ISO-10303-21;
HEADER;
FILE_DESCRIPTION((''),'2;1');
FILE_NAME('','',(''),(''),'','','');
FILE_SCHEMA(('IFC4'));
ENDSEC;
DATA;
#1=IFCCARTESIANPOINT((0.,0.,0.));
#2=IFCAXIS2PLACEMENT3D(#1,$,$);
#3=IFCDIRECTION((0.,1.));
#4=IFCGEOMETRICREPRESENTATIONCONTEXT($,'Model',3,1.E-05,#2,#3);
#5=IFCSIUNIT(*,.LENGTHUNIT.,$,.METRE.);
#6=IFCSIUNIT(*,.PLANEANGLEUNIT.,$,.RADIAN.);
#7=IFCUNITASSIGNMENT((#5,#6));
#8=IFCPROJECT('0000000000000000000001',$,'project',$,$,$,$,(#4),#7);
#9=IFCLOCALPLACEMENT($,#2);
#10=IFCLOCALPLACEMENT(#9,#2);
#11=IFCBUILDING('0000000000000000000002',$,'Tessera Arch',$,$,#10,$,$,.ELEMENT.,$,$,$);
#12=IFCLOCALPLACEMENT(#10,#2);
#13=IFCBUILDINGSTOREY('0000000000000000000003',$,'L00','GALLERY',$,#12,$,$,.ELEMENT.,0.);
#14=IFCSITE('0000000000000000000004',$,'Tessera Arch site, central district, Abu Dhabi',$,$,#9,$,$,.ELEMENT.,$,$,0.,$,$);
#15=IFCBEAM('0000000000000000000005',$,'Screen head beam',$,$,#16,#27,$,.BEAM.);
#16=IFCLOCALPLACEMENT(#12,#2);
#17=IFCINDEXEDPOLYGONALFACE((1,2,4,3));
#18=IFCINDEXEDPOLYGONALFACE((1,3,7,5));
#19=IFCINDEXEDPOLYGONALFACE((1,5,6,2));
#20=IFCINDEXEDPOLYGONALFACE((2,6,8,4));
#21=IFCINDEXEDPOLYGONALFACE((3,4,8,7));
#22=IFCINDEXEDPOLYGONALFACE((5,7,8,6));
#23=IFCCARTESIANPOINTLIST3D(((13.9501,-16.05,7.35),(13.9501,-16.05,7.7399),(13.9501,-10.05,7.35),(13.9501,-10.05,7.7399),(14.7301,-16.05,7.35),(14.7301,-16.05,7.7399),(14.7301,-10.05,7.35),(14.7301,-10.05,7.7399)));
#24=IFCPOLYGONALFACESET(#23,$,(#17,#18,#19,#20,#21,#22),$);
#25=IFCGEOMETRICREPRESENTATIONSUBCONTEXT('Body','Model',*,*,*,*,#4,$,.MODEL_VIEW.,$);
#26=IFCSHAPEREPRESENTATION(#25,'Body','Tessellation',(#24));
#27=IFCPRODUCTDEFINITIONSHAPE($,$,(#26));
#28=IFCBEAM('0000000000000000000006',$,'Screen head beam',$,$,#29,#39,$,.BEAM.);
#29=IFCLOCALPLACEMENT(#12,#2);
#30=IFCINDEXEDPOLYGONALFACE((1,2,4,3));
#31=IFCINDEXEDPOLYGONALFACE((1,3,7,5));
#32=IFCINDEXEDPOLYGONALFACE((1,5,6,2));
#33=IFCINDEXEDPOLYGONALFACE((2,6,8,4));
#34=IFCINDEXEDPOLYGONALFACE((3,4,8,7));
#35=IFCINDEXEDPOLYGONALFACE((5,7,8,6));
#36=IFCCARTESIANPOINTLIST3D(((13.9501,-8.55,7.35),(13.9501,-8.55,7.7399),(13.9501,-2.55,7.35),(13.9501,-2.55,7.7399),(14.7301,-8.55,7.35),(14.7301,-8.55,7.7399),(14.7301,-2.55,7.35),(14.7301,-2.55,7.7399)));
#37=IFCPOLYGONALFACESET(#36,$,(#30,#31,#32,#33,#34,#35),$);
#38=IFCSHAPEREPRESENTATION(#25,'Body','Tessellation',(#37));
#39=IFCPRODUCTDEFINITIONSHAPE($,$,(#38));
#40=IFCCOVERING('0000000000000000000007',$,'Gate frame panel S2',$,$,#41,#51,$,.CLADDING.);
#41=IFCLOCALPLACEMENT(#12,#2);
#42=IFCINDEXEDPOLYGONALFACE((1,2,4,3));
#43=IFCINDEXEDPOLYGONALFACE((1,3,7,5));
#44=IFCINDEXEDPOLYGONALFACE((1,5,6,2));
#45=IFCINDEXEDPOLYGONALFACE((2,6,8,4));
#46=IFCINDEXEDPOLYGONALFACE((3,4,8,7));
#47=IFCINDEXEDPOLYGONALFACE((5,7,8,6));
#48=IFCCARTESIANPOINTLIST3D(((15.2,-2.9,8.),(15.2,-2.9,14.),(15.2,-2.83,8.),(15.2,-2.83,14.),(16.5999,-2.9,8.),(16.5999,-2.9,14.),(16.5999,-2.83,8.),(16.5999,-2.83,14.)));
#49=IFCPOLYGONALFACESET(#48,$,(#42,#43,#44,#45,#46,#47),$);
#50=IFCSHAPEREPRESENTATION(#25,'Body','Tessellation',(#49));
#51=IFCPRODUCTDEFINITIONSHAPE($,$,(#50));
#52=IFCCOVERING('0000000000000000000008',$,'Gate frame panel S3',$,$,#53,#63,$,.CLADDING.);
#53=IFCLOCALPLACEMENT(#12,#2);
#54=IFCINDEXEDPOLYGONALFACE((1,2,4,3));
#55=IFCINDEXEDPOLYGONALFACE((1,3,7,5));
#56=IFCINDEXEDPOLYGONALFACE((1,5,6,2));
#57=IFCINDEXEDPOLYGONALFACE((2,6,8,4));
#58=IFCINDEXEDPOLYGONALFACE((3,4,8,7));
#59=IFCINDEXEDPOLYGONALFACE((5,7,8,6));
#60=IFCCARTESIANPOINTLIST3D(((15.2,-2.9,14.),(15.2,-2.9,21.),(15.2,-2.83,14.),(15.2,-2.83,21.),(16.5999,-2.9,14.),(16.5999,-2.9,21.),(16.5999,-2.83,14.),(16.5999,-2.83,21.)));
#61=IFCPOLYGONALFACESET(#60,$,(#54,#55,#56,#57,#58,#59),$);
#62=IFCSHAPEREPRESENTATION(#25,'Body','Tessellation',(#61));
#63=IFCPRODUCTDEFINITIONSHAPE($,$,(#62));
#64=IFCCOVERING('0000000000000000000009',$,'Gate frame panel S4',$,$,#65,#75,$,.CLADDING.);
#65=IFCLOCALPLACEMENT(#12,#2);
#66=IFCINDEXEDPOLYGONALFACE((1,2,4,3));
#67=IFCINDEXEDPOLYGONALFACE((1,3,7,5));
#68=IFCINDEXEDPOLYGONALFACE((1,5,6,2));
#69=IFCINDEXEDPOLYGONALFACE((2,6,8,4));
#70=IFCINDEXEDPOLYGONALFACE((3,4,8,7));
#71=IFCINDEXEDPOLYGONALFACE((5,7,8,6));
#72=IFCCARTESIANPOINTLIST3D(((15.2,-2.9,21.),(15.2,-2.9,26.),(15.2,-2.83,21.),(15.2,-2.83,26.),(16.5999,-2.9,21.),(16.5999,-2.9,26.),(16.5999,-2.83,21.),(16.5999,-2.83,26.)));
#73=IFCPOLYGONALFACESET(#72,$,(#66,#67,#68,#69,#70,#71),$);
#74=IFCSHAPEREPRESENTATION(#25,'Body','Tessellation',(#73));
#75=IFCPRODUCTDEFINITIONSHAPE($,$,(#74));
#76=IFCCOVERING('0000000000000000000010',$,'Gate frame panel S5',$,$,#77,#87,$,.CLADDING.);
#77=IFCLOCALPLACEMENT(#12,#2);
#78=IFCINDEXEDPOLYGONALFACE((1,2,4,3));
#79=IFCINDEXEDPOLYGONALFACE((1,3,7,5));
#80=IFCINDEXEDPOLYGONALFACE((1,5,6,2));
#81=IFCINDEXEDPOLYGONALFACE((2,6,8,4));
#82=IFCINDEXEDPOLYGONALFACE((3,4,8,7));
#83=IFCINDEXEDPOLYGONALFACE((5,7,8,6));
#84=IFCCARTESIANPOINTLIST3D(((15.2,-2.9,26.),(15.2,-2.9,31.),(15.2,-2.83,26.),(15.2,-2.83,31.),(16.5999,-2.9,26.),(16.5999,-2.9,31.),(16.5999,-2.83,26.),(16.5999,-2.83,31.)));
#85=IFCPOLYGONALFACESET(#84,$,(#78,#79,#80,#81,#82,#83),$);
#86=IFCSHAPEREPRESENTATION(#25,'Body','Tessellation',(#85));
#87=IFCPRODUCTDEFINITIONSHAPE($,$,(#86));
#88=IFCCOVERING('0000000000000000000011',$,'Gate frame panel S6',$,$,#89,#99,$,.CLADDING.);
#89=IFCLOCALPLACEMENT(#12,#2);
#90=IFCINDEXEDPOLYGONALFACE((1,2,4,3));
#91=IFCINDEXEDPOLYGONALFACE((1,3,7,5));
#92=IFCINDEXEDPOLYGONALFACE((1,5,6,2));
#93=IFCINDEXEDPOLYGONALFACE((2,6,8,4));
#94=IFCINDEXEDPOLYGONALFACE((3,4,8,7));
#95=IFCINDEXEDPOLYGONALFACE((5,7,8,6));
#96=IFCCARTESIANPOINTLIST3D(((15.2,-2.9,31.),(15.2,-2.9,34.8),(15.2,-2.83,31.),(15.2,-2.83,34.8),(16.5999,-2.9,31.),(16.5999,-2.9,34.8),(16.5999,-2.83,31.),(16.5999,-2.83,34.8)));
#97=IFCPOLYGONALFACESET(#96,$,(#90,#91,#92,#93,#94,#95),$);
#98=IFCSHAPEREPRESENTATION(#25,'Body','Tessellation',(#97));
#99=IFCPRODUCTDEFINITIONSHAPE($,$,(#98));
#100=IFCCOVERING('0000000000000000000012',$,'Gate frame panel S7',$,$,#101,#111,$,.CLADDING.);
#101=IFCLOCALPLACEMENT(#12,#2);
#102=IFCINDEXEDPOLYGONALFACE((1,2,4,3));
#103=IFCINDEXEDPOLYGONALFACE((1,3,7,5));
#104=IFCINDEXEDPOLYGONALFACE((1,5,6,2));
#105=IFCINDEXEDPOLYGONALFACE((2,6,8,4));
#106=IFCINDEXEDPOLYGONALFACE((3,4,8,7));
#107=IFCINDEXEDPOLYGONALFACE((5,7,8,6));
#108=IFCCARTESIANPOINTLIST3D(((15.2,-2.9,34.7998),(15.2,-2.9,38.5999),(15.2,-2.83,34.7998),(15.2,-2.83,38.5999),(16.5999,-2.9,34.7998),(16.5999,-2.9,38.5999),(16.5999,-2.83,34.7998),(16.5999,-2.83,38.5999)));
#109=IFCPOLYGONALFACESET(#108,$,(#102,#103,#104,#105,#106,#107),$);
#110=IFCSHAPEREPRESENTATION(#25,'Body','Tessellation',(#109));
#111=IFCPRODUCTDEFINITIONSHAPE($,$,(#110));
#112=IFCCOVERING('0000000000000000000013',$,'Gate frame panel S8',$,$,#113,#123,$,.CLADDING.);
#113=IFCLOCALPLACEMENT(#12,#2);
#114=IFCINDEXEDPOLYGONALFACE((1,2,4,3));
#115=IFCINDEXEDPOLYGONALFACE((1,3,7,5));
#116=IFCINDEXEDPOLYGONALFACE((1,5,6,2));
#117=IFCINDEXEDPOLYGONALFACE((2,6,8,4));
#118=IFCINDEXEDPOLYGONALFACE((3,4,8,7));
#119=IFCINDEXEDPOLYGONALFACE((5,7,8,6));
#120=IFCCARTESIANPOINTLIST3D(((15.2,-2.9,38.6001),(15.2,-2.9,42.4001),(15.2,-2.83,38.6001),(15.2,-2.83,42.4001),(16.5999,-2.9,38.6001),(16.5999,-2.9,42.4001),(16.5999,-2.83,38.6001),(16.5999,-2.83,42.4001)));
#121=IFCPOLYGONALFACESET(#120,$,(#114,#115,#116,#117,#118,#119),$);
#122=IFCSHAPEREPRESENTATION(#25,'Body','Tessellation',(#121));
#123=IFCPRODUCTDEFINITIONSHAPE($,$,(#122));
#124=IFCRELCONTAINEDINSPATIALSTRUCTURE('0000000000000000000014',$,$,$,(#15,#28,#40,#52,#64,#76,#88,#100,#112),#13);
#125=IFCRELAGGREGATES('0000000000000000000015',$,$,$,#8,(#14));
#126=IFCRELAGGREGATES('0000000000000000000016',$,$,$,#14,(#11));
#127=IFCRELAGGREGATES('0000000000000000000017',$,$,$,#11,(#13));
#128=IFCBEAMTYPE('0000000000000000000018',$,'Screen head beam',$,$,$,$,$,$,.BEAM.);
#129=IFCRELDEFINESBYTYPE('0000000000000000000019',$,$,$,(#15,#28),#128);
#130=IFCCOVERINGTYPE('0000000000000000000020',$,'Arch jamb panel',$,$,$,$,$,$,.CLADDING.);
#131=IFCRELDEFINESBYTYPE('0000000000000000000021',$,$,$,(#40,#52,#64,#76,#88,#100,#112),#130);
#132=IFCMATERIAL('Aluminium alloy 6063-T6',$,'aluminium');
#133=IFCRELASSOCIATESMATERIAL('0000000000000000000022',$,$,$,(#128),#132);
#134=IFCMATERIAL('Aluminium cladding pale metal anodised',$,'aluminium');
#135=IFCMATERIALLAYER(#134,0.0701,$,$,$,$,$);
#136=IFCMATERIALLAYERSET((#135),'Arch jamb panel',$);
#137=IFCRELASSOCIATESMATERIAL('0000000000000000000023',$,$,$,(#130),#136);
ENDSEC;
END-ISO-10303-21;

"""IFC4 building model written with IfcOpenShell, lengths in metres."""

from ifc_helpers import new_model, si_unit, direction, frame, origin, origin_2d, place, context, subcontext, project, spatial, rectangle, extrude, material, layer, layer_set, material_profile, profile_set, type_object, element, save


model = new_model("IFC4")

# Units and contexts
model_context = context("Model", 3, precision=1e-05, world=origin(), true_north=direction((0.0, 1.0)))
body_context = subcontext(model_context, "Body", "Model", "MODEL_VIEW")
ifc_project = project(units=[si_unit("LENGTHUNIT", "METRE"), si_unit("PLANEANGLEUNIT", "RADIAN")], contexts=[model_context])

# Site, building, storey
site_placement = place(None, origin())
site = spatial("IfcSite", under=ifc_project, at=site_placement, Name="Tessera Arch site, central district, Abu Dhabi", CompositionType="ELEMENT", RefElevation=0.0)
building_placement = place(site_placement, origin())
building = spatial("IfcBuilding", under=site, at=building_placement, Name="Tessera Arch", CompositionType="ELEMENT")
storey_placement = place(building_placement, origin())
storey = spatial("IfcBuildingStorey", under=building, at=storey_placement, Name="L00", Description="GALLERY", CompositionType="ELEMENT", Elevation=0.0)

# Beams
ifc_material_1 = material(Name="Aluminium alloy 6063-T6", Category="aluminium")
ifc_material_profile_1 = material_profile(ifc_material_1, rectangle(XDim=0.78, YDim=0.3899, at=origin_2d()), Name="AL 780x390")
ifc_profile_set_1 = profile_set([ifc_material_profile_1], Name="Aluminium alloy 6063-T6")
beam_type = type_object("IfcBeamType", Name="Screen head beam", PredefinedType="BEAM", material=ifc_profile_set_1)
for number, where, z_axis, x_axis, name in (
    (1, (14.3401, -16.05, 7.5449), (0.0, 1.0, 0.0), (-1.0, 0.0, 0.0), "Screen head beam"),
    (2, (14.3401, -8.55, 7.5449), (0.0, 1.0, 0.0), (-1.0, 0.0, 0.0), "Screen head beam"),
):
    element("IfcBeam", number, at=place(storey_placement, frame(where, z_axis=z_axis, x_axis=x_axis)), inside=storey, type_object=beam_type, Name=name, PredefinedType="BEAM", context=body_context, shape_type="SweptSolid", body=[
        extrude(rectangle(XDim=0.78, YDim=0.3899, at=origin_2d()), origin(), (0.0, 0.0, 1.0), 6.0),
    ])

# Coverings
ifc_material_2 = material(Name="Aluminium cladding pale metal anodised", Category="aluminium")
ifc_layer = layer(ifc_material_2, 0.0701)
ifc_layer_set = layer_set([ifc_layer], Name="Arch jamb panel")
covering_type = type_object("IfcCoveringType", Name="Arch jamb panel", PredefinedType="CLADDING", material=ifc_layer_set)
covering_1_placement = place(storey_placement, frame((15.8999, -2.865, 8.0), z_axis=(0.0, 0.0, 1.0), x_axis=(1.0, 0.0, 0.0)))
element("IfcCovering", 3, at=covering_1_placement, inside=storey, type_object=covering_type, Name="Gate frame panel S2", PredefinedType="CLADDING", context=body_context, shape_type="SweptSolid", body=[
    extrude(rectangle(XDim=1.3999, YDim=0.0701, at=origin_2d()), origin(), (0.0, 0.0, 1.0), 6.0),
])
covering_2_placement = place(storey_placement, frame((15.8999, -2.865, 14.0), z_axis=(0.0, 0.0, 1.0), x_axis=(1.0, 0.0, 0.0)))
element("IfcCovering", 4, at=covering_2_placement, inside=storey, type_object=covering_type, Name="Gate frame panel S3", PredefinedType="CLADDING", context=body_context, shape_type="SweptSolid", body=[
    extrude(rectangle(XDim=1.3999, YDim=0.0701, at=origin_2d()), origin(), (0.0, 0.0, 1.0), 7.0),
])
for number, where, z_axis, x_axis, name in (
    (5, (15.8999, -2.865, 21.0), (0.0, 0.0, 1.0), (1.0, 0.0, 0.0), "Gate frame panel S4"),
    (6, (15.8999, -2.865, 26.0), (0.0, 0.0, 1.0), (1.0, 0.0, 0.0), "Gate frame panel S5"),
):
    element("IfcCovering", number, at=place(storey_placement, frame(where, z_axis=z_axis, x_axis=x_axis)), inside=storey, type_object=covering_type, Name=name, PredefinedType="CLADDING", context=body_context, shape_type="SweptSolid", body=[
        extrude(rectangle(XDim=1.3999, YDim=0.0701, at=origin_2d()), origin(), (0.0, 0.0, 1.0), 5.0),
    ])
for number, where, z_axis, x_axis, name in (
    (7, (15.8999, -2.865, 31.0), (0.0, 0.0, 1.0), (1.0, 0.0, 0.0), "Gate frame panel S6"),
    (8, (15.8999, -2.865, 34.7998), (0.0, 0.0, 1.0), (1.0, 0.0, 0.0), "Gate frame panel S7"),
    (9, (15.8999, -2.865, 38.6001), (0.0, 0.0, 1.0), (1.0, 0.0, 0.0), "Gate frame panel S8"),
):
    element("IfcCovering", number, at=place(storey_placement, frame(where, z_axis=z_axis, x_axis=x_axis)), inside=storey, type_object=covering_type, Name=name, PredefinedType="CLADDING", context=body_context, shape_type="SweptSolid", body=[
        extrude(rectangle(XDim=1.3999, YDim=0.0701, at=origin_2d()), origin(), (0.0, 0.0, 1.0), 3.8),
    ])

save(model, "model.ifc")
